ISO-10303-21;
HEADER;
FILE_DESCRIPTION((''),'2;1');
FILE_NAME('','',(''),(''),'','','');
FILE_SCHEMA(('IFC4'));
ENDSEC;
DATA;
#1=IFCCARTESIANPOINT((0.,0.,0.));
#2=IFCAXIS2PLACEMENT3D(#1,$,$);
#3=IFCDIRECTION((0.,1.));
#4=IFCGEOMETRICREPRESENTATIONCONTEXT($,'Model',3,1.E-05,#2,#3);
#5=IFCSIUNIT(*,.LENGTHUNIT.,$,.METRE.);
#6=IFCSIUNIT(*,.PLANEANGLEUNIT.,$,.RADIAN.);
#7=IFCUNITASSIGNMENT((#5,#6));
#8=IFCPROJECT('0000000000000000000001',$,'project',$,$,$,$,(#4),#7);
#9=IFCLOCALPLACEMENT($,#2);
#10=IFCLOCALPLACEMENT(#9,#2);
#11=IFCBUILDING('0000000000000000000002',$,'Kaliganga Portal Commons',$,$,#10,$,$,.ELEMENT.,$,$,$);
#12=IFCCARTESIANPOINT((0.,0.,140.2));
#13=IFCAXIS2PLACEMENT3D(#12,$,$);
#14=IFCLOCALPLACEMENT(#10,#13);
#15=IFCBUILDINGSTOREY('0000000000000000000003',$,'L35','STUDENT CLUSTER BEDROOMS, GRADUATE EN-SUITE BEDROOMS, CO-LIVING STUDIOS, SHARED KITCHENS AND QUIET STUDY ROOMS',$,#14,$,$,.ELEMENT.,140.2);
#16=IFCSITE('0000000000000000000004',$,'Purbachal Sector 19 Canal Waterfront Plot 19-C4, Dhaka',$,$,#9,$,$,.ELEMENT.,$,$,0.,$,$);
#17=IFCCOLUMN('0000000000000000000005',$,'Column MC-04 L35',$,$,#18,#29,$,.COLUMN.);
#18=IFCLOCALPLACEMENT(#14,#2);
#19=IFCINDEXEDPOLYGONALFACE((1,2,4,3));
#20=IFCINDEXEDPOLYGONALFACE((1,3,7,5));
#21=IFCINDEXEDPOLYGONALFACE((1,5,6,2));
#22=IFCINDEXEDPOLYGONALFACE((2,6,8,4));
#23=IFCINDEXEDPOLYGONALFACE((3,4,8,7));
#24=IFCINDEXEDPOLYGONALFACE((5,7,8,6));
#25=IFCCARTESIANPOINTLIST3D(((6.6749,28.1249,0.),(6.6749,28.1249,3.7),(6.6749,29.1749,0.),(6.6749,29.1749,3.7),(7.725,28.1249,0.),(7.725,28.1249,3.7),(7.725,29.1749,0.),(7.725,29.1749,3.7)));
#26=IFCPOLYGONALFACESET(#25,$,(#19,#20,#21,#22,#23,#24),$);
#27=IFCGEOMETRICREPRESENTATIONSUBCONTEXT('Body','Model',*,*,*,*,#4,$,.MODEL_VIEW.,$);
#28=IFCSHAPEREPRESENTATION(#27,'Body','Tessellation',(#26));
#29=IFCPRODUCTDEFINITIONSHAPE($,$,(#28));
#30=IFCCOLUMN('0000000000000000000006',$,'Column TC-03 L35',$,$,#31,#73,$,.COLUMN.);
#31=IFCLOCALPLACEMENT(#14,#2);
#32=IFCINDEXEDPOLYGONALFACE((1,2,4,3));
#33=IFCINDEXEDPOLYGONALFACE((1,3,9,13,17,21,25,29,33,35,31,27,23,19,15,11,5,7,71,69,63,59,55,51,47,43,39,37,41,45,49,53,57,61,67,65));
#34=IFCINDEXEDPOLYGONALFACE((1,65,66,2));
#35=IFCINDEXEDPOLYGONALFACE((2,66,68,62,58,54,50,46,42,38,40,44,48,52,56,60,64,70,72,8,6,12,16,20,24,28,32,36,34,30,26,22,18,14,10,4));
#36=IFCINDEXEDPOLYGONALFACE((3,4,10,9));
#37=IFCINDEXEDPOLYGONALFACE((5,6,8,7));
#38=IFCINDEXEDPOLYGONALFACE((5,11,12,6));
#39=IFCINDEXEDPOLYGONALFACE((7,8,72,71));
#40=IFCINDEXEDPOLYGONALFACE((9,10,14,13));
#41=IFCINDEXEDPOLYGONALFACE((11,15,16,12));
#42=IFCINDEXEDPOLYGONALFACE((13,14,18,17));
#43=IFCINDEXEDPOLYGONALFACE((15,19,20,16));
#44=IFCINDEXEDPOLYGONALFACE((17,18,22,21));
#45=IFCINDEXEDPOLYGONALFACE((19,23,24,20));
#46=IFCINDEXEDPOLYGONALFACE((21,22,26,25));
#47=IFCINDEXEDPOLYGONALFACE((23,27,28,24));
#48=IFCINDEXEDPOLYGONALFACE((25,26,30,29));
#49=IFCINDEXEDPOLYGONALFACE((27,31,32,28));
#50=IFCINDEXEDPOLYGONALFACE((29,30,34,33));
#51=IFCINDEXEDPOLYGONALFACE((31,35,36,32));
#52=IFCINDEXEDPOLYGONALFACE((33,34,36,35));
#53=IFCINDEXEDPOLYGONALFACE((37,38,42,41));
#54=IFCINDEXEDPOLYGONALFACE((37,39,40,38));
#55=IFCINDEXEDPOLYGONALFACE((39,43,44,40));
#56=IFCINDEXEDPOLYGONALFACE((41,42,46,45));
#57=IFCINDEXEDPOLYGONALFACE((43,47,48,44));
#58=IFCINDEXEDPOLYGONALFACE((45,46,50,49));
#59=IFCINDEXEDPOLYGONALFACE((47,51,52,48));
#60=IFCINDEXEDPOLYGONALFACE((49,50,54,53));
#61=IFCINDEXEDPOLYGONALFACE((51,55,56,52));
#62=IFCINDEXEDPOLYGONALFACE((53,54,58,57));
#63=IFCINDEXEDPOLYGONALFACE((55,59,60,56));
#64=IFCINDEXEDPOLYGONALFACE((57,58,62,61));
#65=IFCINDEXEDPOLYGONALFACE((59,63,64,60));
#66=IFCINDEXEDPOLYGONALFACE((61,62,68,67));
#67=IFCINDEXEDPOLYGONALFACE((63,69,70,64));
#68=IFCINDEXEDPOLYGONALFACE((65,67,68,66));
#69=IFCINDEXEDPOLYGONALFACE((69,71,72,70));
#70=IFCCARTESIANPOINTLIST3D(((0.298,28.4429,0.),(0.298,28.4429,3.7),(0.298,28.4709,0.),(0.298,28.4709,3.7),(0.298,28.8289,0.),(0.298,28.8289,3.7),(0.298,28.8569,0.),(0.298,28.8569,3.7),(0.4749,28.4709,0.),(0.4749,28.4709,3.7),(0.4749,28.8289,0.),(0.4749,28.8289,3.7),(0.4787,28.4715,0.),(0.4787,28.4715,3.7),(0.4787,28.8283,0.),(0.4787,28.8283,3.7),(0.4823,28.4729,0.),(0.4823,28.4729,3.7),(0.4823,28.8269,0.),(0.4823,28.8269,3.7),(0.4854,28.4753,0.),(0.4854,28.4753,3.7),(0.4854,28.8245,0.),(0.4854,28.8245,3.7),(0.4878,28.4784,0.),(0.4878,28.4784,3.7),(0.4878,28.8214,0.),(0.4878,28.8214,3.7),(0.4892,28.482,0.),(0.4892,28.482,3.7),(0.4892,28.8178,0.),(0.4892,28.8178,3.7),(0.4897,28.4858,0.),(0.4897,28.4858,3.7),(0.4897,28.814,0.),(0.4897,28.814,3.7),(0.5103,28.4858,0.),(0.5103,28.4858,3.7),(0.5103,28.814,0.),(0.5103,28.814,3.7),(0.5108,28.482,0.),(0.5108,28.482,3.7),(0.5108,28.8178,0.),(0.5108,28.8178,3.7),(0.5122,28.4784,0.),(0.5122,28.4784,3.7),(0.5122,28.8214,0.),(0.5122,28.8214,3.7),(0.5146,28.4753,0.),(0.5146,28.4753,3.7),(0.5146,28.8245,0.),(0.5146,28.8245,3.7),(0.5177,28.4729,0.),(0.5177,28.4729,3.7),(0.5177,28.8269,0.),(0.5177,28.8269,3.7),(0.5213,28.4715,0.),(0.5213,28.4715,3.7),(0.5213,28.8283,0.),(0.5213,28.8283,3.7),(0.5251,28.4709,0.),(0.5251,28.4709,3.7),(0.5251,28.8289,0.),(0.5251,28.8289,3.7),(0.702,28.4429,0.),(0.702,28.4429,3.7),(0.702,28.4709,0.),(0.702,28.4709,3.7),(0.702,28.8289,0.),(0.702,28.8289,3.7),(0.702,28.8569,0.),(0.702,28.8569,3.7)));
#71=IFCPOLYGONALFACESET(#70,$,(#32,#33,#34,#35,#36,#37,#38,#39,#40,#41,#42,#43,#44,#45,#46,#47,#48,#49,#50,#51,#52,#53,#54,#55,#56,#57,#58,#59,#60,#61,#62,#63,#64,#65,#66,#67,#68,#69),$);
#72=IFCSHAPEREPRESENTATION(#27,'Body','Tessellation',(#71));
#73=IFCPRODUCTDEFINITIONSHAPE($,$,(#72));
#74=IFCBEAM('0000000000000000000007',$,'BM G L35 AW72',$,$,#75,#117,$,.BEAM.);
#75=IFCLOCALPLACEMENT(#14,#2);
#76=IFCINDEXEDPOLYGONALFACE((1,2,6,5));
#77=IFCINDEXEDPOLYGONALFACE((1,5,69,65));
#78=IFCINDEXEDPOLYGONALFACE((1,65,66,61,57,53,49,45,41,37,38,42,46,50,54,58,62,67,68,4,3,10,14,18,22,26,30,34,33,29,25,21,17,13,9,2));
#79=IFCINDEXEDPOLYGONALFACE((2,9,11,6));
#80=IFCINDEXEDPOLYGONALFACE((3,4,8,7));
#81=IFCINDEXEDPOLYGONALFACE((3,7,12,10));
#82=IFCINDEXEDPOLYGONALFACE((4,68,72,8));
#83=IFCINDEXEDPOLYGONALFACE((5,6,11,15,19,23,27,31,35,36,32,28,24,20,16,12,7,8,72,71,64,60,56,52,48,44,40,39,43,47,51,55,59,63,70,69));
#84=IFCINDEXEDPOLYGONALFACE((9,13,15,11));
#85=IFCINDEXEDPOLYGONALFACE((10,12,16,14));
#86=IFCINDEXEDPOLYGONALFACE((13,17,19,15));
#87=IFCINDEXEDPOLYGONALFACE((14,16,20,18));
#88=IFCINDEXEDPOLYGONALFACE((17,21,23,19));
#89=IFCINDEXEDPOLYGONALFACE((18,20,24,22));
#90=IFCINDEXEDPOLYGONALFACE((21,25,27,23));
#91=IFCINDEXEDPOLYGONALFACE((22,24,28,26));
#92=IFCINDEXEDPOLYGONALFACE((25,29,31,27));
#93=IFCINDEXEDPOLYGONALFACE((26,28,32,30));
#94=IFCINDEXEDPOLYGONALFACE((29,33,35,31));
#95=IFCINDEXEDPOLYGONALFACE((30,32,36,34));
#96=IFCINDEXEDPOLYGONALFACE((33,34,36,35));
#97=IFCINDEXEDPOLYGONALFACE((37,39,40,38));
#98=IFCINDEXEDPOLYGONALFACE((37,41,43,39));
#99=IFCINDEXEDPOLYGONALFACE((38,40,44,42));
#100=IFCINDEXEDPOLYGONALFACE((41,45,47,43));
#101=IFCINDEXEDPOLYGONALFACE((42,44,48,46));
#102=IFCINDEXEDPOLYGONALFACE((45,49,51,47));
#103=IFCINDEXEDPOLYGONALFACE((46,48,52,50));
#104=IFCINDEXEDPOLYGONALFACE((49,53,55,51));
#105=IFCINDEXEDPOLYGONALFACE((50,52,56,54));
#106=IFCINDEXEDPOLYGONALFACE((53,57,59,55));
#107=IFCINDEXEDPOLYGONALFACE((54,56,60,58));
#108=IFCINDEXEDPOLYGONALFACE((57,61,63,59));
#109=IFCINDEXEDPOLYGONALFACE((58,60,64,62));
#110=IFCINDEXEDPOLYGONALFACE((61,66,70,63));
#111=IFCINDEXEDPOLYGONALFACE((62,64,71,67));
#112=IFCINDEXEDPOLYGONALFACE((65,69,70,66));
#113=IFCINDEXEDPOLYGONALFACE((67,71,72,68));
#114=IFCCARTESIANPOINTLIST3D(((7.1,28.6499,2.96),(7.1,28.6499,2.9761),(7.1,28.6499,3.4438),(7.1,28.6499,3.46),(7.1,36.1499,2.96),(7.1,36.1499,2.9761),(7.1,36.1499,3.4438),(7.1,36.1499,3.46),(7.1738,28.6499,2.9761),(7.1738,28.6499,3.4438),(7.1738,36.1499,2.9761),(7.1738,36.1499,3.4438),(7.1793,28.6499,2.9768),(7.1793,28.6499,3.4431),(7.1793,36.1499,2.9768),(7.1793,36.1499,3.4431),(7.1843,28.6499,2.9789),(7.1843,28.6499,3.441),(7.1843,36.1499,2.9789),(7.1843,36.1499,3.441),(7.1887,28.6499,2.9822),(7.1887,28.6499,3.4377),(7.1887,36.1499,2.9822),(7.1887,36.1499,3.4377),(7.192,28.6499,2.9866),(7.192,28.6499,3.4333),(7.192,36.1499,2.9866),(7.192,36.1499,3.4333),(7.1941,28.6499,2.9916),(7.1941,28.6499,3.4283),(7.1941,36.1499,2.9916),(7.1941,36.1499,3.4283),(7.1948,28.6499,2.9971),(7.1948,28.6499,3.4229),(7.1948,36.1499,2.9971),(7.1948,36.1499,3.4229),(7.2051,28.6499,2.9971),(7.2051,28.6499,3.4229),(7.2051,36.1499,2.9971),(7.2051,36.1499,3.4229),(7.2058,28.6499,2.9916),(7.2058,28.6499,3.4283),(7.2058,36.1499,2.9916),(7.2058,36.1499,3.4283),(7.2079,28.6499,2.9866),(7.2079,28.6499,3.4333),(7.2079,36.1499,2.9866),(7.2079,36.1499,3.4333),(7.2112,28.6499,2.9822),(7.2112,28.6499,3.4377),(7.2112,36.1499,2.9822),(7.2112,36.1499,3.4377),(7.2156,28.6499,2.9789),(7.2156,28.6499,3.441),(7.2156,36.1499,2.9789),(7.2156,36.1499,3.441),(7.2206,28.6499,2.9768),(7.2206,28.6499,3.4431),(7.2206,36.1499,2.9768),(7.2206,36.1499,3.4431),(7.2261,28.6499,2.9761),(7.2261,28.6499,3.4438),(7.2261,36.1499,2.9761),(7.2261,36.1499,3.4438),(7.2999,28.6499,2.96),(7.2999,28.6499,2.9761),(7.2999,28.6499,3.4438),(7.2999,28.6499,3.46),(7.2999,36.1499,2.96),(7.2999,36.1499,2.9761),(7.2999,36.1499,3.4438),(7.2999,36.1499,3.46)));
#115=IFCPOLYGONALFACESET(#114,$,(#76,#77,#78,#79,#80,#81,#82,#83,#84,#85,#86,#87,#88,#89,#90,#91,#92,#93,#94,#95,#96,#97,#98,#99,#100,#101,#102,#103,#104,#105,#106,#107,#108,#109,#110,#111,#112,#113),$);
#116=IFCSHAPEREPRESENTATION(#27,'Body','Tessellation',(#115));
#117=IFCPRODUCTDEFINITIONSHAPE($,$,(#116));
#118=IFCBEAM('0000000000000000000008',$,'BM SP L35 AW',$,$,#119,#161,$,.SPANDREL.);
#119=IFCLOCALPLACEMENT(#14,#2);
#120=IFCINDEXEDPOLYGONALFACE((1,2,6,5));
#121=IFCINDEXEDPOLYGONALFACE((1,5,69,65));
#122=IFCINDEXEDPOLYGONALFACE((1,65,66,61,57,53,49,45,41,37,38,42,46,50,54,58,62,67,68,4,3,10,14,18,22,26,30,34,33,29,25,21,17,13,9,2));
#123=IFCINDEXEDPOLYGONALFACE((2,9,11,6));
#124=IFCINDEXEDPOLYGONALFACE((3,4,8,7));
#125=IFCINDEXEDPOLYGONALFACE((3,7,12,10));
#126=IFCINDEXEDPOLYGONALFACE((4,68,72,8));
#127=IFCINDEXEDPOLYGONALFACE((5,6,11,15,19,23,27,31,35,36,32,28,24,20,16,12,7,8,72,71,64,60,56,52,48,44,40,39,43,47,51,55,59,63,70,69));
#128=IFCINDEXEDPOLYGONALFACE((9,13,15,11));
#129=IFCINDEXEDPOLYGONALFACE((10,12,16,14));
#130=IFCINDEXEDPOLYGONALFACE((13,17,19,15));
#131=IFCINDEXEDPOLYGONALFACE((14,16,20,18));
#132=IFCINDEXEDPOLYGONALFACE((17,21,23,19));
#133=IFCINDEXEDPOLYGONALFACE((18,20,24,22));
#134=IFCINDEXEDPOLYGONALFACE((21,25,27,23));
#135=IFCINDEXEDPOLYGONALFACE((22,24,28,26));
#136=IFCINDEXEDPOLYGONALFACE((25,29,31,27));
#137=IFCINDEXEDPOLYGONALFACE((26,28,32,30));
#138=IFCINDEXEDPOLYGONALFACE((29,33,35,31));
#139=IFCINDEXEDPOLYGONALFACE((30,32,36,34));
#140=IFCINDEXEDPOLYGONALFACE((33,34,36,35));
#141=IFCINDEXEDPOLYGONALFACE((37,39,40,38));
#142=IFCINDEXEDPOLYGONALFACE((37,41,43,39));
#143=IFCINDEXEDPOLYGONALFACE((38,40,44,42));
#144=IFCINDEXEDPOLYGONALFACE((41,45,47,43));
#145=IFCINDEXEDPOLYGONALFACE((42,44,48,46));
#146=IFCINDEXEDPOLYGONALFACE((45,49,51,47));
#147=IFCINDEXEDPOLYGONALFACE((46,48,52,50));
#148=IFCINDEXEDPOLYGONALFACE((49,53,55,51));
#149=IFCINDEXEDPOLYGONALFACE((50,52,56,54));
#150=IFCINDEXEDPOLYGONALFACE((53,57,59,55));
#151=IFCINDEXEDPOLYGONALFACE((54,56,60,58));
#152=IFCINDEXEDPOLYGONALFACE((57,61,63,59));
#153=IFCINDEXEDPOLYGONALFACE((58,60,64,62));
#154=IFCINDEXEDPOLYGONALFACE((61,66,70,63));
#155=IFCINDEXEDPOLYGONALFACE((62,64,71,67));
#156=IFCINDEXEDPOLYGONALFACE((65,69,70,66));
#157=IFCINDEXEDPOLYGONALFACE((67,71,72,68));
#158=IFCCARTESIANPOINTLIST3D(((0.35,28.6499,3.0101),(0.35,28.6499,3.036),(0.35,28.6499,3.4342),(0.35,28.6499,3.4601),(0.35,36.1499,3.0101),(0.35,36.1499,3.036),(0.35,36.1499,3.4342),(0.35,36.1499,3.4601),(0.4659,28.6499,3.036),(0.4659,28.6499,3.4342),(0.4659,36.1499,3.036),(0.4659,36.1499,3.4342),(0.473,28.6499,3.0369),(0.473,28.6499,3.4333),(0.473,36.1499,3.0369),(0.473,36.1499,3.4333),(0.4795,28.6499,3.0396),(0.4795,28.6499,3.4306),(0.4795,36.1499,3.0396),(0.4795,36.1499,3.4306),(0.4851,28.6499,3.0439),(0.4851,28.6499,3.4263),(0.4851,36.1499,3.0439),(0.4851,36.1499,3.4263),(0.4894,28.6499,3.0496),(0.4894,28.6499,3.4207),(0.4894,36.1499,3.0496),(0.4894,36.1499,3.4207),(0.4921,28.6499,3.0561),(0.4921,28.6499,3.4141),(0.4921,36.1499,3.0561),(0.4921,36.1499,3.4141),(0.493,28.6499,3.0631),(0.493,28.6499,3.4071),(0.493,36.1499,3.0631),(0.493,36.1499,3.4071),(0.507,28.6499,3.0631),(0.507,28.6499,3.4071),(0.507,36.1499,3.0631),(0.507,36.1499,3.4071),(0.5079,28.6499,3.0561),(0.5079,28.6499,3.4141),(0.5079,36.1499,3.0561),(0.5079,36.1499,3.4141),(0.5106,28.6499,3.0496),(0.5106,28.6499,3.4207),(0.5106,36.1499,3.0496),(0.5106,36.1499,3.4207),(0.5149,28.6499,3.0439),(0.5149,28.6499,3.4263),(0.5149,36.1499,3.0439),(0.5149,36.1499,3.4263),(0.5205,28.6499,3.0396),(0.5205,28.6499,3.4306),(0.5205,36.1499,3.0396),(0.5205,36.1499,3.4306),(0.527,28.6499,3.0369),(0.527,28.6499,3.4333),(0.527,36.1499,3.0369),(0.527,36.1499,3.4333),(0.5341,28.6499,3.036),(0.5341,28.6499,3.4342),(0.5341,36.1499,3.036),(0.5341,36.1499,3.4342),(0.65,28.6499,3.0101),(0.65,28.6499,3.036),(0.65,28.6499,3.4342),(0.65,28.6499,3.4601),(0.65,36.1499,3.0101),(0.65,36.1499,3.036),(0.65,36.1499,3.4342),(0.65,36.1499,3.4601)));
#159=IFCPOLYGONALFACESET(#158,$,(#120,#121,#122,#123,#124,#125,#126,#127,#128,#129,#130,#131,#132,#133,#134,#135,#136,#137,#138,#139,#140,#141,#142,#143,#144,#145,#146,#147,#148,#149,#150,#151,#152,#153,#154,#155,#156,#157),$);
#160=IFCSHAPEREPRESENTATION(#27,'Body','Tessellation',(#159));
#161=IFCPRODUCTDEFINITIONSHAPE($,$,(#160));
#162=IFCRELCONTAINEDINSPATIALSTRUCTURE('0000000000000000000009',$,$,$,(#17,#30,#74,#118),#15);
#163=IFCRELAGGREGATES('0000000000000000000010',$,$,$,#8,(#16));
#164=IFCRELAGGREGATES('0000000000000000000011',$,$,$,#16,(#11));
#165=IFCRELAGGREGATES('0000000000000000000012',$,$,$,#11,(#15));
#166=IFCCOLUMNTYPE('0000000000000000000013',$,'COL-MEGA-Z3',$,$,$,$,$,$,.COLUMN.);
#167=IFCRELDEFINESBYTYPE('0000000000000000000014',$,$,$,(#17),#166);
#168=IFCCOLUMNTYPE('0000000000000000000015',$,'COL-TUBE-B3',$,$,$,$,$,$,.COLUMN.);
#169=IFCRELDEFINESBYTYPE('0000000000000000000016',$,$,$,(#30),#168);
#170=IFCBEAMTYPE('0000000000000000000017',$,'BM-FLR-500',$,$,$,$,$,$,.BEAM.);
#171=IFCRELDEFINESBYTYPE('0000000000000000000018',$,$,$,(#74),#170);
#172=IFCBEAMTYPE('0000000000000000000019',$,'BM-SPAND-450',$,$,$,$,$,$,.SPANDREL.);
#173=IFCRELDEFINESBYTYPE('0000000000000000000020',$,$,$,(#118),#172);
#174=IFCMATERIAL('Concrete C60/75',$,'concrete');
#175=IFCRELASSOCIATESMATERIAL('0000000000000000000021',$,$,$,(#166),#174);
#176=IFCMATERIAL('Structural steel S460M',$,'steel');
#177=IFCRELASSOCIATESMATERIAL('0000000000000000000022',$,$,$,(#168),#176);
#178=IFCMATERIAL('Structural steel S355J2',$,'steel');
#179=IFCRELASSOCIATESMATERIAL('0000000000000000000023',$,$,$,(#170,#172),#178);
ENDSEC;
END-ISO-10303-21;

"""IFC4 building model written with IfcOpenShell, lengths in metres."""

from ifc_helpers import new_model, si_unit, direction, frame, origin, origin_2d, place, context, subcontext, project, spatial, rectangle, i_section, extrude, source, transform, mapped, material, material_profile, profile_set, type_object, element, save


model = new_model("IFC4")

# Units and contexts
model_context = context("Model", 3, precision=1e-05, world=origin(), true_north=direction((0.0, 1.0)))
body_context = subcontext(model_context, "Body", "Model", "MODEL_VIEW")
ifc_project = project(units=[si_unit("LENGTHUNIT", "METRE"), si_unit("PLANEANGLEUNIT", "RADIAN")], contexts=[model_context])

# Site, building, storey
site_placement = place(None, origin())
site = spatial("IfcSite", under=ifc_project, at=site_placement, Name="Purbachal Sector 19 Canal Waterfront Plot 19-C4, Dhaka", CompositionType="ELEMENT", RefElevation=0.0)
building_placement = place(site_placement, origin())
building = spatial("IfcBuilding", under=site, at=building_placement, Name="Kaliganga Portal Commons", CompositionType="ELEMENT")
storey_placement = place(building_placement, frame((0.0, 0.0, 140.2)))
storey = spatial("IfcBuildingStorey", under=building, at=storey_placement, Name="L35", Description="STUDENT CLUSTER BEDROOMS, GRADUATE EN-SUITE BEDROOMS, CO-LIVING STUDIOS, SHARED KITCHENS AND QUIET STUDY ROOMS", CompositionType="ELEMENT", Elevation=140.2)

# Columns
ifc_material_1 = material(Name="Concrete C60/75", Category="concrete")
ifc_material_profile_1 = material_profile(ifc_material_1, rectangle(XDim=1.05, YDim=1.05, at=origin_2d()), Name="RC 1050x1050")
ifc_profile_set_1 = profile_set([ifc_material_profile_1], Name="Concrete C60/75")
column_type_1 = type_object("IfcColumnType", Name="COL-MEGA-Z3", PredefinedType="COLUMN", material=ifc_profile_set_1)
shared_shape_1 = source(origin(), body_context, "Body", "SweptSolid", [
    extrude(rectangle(XDim=1.05, YDim=1.05, at=origin_2d()), origin(), (0.0, 0.0, 1.0), 3.7),
])
column_1_placement = place(storey_placement, frame((7.2, 28.6499, 0.0), z_axis=(0.0, 0.0, 1.0), x_axis=(1.0, 0.0, 0.0)))
element("IfcColumn", 1, at=column_1_placement, inside=storey, type_object=column_type_1, Name="Column MC-04 L35", PredefinedType="COLUMN", context=body_context, shape_type="MappedRepresentation", body=[
    mapped(shared_shape_1, transform((0.0, 0.0, 0.0), x_axis=(1.0, 0.0, 0.0), y_axis=(0.0, 1.0, 0.0), z_axis=(0.0, 0.0, 1.0), scale=1.0)),
])
ifc_material_2 = material(Name="Structural steel S460M", Category="steel")
ifc_material_profile_2 = material_profile(ifc_material_2, i_section(OverallWidth=0.4041, OverallDepth=0.4141, WebThickness=0.0205, FlangeThickness=0.0281, FilletRadius=0.0149, at=origin_2d()), Name="HD 400x347")
ifc_profile_set_2 = profile_set([ifc_material_profile_2], Name="Structural steel S460M wide-flange")
column_type_2 = type_object("IfcColumnType", Name="COL-TUBE-B3", PredefinedType="COLUMN", material=ifc_profile_set_2)
shared_shape_2 = source(origin(), body_context, "Body", "SweptSolid", [
    extrude(i_section(OverallWidth=0.4041, OverallDepth=0.4141, WebThickness=0.0205, FlangeThickness=0.0281, FilletRadius=0.0149, at=origin_2d()), origin(), (0.0, 0.0, 1.0), 3.7),
])
column_2_placement = place(storey_placement, frame((0.5, 28.6499, 0.0), z_axis=(0.0, 0.0, 1.0), x_axis=(1.0, 0.0, 0.0)))
element("IfcColumn", 2, at=column_2_placement, inside=storey, type_object=column_type_2, Name="Column TC-03 L35", PredefinedType="COLUMN", context=body_context, shape_type="MappedRepresentation", body=[
    mapped(shared_shape_2, transform((0.0, 0.0, 0.0), x_axis=(1.0, 0.0, 0.0), y_axis=(0.0, 1.0, 0.0), z_axis=(0.0, 0.0, 1.0), scale=1.0)),
])

# Beams
ifc_material_3 = material(Name="Structural steel S355J2", Category="steel")
ifc_material_profile_3 = material_profile(ifc_material_3, i_section(OverallWidth=0.2, OverallDepth=0.5, WebThickness=0.0103, FlangeThickness=0.0161, FilletRadius=0.021, at=origin_2d()), Name="IPE 500")
ifc_profile_set_3 = profile_set([ifc_material_profile_3], Name="Structural steel S355J2 wide-flange")
beam_type_1 = type_object("IfcBeamType", Name="BM-FLR-500", PredefinedType="BEAM", material=ifc_profile_set_3)
shared_shape_3 = source(origin(), body_context, "Body", "SweptSolid", [
    extrude(i_section(OverallWidth=0.2, OverallDepth=0.5, WebThickness=0.0103, FlangeThickness=0.0161, FilletRadius=0.021, at=origin_2d()), origin(), (0.0, 0.0, 1.0), 7.5),
])
beam_1_placement = place(storey_placement, frame((7.2, 28.6499, 3.21), z_axis=(0.0, 1.0, 0.0), x_axis=(-1.0, 0.0, 0.0)))
element("IfcBeam", 3, at=beam_1_placement, inside=storey, type_object=beam_type_1, Name="BM G L35 AW72", PredefinedType="BEAM", context=body_context, shape_type="MappedRepresentation", body=[
    mapped(shared_shape_3, transform((0.0, 0.0, 0.0), x_axis=(1.0, 0.0, 0.0), y_axis=(0.0, 1.0, 0.0), z_axis=(0.0, 0.0, 1.0), scale=1.0)),
])
ifc_material_profile_4 = material_profile(ifc_material_3, i_section(OverallWidth=0.3, OverallDepth=0.45, WebThickness=0.0139, FlangeThickness=0.0259, FilletRadius=0.0271, at=origin_2d()), Name="HE 450 B")
ifc_profile_set_4 = profile_set([ifc_material_profile_4], Name="Structural steel S355J2 wide-flange")
beam_type_2 = type_object("IfcBeamType", Name="BM-SPAND-450", PredefinedType="SPANDREL", material=ifc_profile_set_4)
shared_shape_4 = source(origin(), body_context, "Body", "SweptSolid", [
    extrude(i_section(OverallWidth=0.3, OverallDepth=0.45, WebThickness=0.0139, FlangeThickness=0.0259, FilletRadius=0.0271, at=origin_2d()), origin(), (0.0, 0.0, 1.0), 7.5),
])
beam_2_placement = place(storey_placement, frame((0.5, 28.6499, 3.2351), z_axis=(0.0, 1.0, 0.0), x_axis=(-1.0, 0.0, 0.0)))
element("IfcBeam", 4, at=beam_2_placement, inside=storey, type_object=beam_type_2, Name="BM SP L35 AW", PredefinedType="SPANDREL", context=body_context, shape_type="MappedRepresentation", body=[
    mapped(shared_shape_4, transform((0.0, 0.0, 0.0), x_axis=(1.0, 0.0, 0.0), y_axis=(0.0, 1.0, 0.0), z_axis=(0.0, 0.0, 1.0), scale=1.0)),
])

save(model, "model.ifc")
